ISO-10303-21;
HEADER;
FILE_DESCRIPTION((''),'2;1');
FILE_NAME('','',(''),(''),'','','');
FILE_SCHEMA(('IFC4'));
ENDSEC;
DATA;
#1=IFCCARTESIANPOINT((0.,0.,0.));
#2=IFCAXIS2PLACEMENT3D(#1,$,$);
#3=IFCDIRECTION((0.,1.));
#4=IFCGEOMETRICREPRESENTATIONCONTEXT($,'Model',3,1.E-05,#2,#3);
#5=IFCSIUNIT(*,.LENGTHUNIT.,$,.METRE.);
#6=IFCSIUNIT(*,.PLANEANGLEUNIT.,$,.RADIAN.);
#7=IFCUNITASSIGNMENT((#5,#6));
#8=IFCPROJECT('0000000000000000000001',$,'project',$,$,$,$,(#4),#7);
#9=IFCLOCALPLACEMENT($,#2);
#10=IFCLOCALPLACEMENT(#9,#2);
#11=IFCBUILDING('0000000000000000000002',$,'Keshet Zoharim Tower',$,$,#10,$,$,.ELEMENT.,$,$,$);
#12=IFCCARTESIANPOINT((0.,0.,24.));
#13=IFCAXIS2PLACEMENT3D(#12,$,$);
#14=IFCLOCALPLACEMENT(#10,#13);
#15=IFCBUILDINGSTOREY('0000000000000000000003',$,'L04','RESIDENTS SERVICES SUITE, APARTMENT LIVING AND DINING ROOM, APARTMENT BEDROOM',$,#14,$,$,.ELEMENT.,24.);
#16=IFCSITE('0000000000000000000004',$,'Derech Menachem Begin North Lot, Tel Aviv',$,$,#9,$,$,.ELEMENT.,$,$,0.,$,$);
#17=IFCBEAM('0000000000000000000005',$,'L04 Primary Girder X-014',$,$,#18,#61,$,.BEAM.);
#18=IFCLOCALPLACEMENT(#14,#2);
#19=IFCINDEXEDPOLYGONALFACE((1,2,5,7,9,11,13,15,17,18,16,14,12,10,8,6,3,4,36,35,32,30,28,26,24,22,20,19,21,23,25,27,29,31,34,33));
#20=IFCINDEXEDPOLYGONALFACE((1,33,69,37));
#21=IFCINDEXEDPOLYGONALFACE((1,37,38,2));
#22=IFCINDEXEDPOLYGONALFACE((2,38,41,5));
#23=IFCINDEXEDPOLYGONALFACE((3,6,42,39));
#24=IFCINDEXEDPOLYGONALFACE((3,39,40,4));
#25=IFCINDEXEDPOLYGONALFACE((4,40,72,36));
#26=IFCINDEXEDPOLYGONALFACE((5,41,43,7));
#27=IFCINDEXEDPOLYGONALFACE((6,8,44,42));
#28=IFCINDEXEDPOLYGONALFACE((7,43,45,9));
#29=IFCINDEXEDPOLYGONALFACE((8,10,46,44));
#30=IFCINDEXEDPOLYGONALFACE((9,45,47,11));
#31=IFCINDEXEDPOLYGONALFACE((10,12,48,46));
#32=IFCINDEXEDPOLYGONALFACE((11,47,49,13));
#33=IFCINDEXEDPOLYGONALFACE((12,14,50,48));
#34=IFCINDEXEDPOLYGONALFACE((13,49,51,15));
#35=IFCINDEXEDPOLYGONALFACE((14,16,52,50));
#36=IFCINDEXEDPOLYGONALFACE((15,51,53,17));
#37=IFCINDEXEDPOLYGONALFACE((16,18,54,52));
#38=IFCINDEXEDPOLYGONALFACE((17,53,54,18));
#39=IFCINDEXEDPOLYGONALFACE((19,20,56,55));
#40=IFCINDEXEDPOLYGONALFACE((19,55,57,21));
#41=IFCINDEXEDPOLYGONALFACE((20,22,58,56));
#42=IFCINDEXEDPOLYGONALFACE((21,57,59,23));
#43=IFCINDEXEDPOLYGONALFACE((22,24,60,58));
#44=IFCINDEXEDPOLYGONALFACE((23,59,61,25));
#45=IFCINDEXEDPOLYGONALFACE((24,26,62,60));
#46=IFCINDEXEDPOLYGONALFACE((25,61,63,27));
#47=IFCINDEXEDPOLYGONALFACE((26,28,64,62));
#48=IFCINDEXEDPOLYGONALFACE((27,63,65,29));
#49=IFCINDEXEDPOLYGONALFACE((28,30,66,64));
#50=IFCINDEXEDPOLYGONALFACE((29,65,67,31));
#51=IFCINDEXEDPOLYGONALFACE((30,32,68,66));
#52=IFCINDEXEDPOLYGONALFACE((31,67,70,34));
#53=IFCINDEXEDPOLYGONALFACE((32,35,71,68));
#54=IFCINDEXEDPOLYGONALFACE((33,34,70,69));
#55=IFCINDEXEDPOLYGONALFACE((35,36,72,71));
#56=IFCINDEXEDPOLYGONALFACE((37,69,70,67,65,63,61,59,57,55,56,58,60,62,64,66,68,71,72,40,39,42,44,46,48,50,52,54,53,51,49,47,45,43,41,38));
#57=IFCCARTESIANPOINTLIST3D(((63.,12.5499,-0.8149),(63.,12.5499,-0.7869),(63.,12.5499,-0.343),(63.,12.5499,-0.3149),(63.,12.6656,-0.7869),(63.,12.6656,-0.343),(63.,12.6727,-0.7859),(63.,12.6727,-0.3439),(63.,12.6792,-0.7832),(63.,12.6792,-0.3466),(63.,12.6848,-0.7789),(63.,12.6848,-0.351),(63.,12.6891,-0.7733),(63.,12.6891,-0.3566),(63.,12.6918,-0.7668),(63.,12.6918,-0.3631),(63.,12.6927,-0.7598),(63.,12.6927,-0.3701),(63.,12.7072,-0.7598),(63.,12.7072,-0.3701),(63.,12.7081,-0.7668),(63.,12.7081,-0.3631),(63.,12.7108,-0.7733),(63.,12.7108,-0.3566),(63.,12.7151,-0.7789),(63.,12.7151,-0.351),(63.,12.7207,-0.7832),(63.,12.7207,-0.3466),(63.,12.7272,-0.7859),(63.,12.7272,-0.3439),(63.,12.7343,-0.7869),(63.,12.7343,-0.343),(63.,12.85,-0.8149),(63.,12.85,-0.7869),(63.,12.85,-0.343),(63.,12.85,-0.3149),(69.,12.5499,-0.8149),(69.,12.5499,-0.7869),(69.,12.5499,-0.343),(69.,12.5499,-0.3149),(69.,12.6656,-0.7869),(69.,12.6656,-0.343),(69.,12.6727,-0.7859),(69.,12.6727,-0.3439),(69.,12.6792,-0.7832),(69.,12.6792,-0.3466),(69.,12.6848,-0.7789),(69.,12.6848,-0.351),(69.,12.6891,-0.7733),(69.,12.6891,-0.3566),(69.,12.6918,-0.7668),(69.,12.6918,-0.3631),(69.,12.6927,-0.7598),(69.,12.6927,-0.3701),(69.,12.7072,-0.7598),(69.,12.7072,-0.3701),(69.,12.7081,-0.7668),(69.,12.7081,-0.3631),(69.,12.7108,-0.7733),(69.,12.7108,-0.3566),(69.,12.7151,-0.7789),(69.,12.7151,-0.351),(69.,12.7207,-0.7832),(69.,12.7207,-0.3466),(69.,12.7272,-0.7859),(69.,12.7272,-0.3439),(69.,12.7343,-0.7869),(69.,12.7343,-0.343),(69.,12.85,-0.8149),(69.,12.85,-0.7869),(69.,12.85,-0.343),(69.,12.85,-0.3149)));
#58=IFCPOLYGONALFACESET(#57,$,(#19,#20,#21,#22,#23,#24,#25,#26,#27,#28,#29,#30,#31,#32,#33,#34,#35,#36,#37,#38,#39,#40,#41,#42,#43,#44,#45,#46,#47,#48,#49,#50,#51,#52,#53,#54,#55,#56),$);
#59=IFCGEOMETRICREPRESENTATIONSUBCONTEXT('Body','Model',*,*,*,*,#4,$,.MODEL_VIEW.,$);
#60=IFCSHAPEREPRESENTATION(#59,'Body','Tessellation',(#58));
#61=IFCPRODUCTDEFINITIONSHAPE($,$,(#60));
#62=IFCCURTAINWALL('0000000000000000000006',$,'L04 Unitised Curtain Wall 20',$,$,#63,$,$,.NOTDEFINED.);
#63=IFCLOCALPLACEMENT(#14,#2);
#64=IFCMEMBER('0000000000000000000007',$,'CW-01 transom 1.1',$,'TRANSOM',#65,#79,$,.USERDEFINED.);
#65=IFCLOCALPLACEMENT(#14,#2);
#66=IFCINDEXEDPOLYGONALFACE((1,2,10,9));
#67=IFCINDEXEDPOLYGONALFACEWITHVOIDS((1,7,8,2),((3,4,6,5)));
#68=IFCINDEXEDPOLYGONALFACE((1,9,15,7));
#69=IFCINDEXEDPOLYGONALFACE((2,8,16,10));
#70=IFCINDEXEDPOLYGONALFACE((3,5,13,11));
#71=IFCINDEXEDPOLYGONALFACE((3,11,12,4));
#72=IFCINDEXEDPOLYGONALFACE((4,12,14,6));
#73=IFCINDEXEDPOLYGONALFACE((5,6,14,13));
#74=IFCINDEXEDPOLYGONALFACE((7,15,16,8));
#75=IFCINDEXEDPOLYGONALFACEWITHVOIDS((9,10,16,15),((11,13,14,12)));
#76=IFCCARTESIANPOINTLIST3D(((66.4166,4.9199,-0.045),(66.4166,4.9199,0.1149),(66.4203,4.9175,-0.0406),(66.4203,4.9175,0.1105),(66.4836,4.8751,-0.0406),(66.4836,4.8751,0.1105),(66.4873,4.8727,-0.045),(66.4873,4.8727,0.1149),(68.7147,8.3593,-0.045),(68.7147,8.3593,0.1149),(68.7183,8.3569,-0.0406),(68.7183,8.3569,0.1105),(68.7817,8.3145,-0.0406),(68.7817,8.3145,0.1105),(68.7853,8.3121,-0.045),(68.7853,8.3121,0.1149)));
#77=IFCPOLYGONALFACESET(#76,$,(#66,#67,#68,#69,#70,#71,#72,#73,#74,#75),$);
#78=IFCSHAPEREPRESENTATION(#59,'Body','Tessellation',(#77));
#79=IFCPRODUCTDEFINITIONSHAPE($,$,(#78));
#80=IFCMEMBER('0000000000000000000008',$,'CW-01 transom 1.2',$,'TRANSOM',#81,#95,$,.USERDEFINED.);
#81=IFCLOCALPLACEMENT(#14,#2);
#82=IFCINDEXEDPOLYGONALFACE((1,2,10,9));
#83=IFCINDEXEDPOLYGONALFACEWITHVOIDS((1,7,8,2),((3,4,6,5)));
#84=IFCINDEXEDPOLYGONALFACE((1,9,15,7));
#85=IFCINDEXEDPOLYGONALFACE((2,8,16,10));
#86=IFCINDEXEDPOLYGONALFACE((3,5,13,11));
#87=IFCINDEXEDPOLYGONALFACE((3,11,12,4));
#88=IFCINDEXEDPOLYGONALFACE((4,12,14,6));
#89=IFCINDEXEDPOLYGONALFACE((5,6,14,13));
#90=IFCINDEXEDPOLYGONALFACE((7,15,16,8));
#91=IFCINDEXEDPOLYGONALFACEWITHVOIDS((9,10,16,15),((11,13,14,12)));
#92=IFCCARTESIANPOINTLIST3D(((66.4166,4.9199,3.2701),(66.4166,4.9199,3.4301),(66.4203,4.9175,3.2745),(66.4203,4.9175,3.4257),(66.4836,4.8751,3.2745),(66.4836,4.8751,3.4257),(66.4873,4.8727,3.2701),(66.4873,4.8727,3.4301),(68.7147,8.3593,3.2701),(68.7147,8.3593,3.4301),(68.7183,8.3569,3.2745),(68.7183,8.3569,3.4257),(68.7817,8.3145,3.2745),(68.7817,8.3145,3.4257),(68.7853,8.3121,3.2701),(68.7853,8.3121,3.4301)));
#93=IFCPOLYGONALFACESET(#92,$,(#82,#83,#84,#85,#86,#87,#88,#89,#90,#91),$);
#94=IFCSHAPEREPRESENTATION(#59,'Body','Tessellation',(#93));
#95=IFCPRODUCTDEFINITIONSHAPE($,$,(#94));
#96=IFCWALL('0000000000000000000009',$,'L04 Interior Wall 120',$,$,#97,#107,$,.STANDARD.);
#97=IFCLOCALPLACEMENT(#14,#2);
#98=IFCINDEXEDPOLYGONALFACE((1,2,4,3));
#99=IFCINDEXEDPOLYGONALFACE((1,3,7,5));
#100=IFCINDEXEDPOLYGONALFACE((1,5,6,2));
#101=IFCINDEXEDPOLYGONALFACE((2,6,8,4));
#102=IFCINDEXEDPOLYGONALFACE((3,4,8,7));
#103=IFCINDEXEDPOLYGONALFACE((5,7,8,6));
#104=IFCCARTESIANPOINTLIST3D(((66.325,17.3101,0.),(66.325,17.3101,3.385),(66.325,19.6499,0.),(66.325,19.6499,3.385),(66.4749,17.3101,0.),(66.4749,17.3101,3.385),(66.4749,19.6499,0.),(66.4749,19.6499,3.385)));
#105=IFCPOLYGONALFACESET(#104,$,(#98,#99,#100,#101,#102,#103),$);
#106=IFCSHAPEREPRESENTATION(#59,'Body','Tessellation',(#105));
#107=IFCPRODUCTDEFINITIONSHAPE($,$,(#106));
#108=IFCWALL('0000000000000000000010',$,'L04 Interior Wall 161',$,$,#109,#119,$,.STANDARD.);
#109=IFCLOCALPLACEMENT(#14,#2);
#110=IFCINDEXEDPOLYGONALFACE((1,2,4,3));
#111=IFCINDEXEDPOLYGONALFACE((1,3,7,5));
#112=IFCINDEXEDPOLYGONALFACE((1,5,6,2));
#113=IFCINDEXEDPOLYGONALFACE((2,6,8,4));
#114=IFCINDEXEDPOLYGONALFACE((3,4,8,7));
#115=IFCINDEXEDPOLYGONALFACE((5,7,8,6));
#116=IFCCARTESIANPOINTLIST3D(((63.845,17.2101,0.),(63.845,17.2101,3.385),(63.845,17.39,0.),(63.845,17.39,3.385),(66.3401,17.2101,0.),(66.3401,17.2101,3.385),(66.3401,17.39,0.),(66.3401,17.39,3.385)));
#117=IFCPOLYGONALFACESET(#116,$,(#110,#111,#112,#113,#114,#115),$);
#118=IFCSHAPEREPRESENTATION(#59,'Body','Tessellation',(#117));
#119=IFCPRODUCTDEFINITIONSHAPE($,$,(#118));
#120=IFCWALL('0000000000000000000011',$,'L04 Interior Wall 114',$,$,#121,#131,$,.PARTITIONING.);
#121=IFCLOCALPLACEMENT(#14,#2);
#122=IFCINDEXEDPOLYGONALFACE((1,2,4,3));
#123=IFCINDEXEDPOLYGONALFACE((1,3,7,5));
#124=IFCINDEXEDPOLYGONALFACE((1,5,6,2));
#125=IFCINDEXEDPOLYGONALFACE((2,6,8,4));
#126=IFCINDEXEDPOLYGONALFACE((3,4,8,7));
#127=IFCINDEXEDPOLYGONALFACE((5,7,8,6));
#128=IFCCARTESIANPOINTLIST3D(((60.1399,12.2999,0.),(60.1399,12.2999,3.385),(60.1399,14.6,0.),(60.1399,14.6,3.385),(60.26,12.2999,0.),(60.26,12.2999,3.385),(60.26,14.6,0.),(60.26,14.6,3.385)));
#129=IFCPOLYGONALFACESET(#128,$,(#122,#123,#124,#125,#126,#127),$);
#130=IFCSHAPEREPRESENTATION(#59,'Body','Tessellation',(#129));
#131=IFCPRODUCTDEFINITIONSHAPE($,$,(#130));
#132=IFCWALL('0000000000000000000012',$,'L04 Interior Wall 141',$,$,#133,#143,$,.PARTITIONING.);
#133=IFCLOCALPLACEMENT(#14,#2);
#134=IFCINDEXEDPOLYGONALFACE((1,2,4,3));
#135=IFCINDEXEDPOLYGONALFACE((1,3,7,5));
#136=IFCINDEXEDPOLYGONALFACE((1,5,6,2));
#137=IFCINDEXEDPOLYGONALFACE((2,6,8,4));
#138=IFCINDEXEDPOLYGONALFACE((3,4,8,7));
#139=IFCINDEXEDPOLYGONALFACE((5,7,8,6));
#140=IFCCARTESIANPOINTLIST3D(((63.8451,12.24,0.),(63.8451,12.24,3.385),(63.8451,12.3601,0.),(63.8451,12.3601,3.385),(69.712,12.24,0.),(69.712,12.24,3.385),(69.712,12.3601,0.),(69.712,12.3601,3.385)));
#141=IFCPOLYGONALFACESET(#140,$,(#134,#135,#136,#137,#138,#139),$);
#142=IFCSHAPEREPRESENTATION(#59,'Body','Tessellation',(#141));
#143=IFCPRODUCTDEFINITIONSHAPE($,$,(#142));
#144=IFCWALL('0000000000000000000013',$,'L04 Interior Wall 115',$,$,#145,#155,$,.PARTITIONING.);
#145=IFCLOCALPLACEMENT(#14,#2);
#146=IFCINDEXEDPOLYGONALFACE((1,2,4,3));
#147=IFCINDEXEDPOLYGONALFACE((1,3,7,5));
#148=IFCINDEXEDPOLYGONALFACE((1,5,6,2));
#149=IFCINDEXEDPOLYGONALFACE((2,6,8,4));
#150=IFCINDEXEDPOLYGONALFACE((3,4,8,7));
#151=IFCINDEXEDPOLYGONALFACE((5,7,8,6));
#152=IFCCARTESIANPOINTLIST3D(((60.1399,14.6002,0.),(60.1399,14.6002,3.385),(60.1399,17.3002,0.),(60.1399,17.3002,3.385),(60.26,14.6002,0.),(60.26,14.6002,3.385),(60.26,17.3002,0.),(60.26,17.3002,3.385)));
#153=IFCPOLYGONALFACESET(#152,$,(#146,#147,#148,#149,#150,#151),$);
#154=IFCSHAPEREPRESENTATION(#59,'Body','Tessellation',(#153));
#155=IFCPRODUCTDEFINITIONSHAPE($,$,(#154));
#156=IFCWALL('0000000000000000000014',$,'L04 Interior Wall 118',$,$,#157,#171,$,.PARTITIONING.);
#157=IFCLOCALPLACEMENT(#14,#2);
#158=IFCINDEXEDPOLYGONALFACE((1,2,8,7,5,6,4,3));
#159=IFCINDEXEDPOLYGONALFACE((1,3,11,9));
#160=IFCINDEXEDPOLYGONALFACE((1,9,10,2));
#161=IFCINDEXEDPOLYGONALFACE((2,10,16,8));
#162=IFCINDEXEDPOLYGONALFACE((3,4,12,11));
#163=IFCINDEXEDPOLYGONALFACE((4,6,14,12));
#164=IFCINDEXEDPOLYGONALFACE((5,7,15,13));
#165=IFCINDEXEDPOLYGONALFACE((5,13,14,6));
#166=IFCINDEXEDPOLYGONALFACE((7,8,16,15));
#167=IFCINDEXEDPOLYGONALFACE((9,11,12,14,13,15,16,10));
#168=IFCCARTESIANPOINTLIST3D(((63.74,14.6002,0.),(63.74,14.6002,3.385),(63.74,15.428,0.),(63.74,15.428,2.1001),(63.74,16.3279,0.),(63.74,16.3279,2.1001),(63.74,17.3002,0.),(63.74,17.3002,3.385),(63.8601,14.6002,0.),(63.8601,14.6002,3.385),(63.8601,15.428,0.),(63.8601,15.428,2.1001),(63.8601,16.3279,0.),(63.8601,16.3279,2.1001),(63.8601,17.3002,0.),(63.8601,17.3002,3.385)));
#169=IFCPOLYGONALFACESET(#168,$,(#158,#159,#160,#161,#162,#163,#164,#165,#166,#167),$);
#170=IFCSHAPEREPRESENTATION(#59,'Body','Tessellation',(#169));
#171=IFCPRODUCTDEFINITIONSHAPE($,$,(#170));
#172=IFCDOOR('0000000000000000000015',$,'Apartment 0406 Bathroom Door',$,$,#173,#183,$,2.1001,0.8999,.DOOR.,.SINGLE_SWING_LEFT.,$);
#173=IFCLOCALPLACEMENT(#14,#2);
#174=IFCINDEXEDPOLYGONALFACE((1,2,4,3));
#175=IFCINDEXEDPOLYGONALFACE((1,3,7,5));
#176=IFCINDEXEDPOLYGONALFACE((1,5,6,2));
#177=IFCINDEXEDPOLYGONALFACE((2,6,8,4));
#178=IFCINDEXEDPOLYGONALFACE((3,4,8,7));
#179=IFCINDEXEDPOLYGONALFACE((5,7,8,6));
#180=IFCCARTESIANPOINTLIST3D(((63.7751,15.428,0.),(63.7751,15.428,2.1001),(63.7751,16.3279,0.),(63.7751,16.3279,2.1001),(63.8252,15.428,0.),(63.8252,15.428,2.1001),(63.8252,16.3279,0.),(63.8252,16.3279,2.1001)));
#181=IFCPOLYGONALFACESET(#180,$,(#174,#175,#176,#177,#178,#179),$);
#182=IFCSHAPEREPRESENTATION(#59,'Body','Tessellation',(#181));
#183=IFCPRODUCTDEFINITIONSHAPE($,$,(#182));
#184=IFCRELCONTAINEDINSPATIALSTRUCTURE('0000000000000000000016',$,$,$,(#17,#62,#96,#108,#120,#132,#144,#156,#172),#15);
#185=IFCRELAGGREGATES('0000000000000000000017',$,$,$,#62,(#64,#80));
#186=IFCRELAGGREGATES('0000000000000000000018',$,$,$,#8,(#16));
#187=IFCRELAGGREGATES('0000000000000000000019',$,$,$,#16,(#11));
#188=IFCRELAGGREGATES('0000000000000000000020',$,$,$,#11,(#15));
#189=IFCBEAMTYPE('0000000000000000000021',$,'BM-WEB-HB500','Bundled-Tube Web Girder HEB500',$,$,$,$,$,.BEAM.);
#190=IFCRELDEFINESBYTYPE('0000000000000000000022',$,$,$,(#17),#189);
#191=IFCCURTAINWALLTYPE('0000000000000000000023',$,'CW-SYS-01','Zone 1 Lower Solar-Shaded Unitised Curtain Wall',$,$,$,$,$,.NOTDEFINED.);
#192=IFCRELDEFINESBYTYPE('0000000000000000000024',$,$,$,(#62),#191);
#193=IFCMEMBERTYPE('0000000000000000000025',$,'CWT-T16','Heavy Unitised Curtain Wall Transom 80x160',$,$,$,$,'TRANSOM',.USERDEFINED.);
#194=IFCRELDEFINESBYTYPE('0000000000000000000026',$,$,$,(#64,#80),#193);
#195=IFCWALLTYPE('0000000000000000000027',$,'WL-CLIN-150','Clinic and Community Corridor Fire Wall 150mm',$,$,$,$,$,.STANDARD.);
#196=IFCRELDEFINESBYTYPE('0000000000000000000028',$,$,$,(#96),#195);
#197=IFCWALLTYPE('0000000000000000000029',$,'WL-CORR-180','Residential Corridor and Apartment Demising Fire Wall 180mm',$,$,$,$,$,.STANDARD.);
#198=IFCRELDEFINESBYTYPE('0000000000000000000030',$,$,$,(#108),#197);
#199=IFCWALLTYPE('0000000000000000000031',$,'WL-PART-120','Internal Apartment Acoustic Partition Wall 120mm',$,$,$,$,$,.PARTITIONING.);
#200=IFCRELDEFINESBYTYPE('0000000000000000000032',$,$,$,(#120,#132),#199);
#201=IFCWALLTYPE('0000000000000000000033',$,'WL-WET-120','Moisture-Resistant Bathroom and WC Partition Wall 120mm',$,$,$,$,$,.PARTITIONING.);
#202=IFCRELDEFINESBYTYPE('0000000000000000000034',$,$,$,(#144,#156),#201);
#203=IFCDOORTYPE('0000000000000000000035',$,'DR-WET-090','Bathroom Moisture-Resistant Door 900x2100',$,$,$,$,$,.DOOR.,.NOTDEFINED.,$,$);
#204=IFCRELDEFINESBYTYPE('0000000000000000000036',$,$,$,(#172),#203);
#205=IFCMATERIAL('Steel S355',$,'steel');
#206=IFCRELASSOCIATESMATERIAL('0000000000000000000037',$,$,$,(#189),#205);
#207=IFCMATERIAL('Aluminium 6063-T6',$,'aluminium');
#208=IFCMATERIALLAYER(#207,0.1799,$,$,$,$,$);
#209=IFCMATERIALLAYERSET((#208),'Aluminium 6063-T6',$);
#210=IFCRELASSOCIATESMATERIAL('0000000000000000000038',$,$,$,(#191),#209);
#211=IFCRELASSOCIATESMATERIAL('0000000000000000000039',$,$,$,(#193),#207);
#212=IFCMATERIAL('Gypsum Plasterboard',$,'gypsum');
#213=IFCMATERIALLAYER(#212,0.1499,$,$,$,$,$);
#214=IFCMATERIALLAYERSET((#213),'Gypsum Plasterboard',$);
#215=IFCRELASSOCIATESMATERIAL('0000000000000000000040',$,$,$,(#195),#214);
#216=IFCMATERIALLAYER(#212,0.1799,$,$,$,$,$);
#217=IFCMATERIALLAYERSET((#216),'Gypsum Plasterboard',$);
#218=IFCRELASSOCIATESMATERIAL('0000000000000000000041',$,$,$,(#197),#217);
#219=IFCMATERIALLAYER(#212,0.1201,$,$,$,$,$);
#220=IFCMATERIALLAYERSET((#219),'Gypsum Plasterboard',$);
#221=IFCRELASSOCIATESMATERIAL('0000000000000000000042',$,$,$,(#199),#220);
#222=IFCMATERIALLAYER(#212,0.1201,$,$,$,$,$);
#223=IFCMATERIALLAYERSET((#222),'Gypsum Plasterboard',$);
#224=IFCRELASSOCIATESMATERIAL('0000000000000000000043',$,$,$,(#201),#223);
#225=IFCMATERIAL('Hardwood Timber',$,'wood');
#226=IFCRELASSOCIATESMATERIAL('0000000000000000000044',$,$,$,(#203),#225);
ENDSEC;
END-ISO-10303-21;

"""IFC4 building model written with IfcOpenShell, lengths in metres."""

from ifc_helpers import new_model, si_unit, direction, frame, frame_2d, origin, origin_2d, place, context, subcontext, project, spatial, rectangle, hollow_rectangle, i_section, extrude, material, layer, layer_set, material_profile, profile_set, type_object, element, fill, aggregate, save


model = new_model("IFC4")

# Units and contexts
model_context = context("Model", 3, precision=1e-05, world=origin(), true_north=direction((0.0, 1.0)))
body_context = subcontext(model_context, "Body", "Model", "MODEL_VIEW")
ifc_project = project(units=[si_unit("LENGTHUNIT", "METRE"), si_unit("PLANEANGLEUNIT", "RADIAN")], contexts=[model_context])

# Site, building, storey
site_placement = place(None, origin())
site = spatial("IfcSite", under=ifc_project, at=site_placement, Name="Derech Menachem Begin North Lot, Tel Aviv", CompositionType="ELEMENT", RefElevation=0.0)
building_placement = place(site_placement, origin())
building = spatial("IfcBuilding", under=site, at=building_placement, Name="Keshet Zoharim Tower", CompositionType="ELEMENT")
storey_placement = place(building_placement, frame((0.0, 0.0, 24.0)))
storey = spatial("IfcBuildingStorey", under=building, at=storey_placement, Name="L04", Description="RESIDENTS SERVICES SUITE, APARTMENT LIVING AND DINING ROOM, APARTMENT BEDROOM", CompositionType="ELEMENT", Elevation=24.0)

# Beam
ifc_material_1 = material(Name="Steel S355", Category="steel")
ifc_material_profile_1 = material_profile(ifc_material_1, i_section(OverallWidth=0.3, OverallDepth=0.5, WebThickness=0.0144, FlangeThickness=0.0281, FilletRadius=0.0271, at=origin_2d()), Name="HEB500")
ifc_profile_set_1 = profile_set([ifc_material_profile_1], Name="Steel S355")
beam_type_1 = type_object("IfcBeamType", Name="BM-WEB-HB500", Description="Bundled-Tube Web Girder HEB500", PredefinedType="BEAM", material=ifc_profile_set_1)
for number, where, z_axis, x_axis, name in (
    (1, (63.0, 12.7, -0.5649), (1.0, 0.0, 0.0), (0.0, 1.0, 0.0), "L04 Primary Girder X-014"),
):
    element("IfcBeam", number, at=place(storey_placement, frame(where, z_axis=z_axis, x_axis=x_axis)), inside=storey, type_object=beam_type_1, Name=name, PredefinedType="BEAM", context=body_context, shape_type="SweptSolid", body=[
        extrude(i_section(OverallWidth=0.3, OverallDepth=0.5, WebThickness=0.0144, FlangeThickness=0.0281, FilletRadius=0.0271, at=origin_2d()), origin(), (0.0, 0.0, 1.0), 6.0),
    ])

# Curtain wall, members
ifc_material_2 = material(Name="Aluminium 6063-T6", Category="aluminium")
ifc_layer_1 = layer(ifc_material_2, 0.1799)
ifc_layer_set_1 = layer_set([ifc_layer_1], Name="Aluminium 6063-T6")
curtain_wall_type = type_object("IfcCurtainWallType", Name="CW-SYS-01", Description="Zone 1 Lower Solar-Shaded Unitised Curtain Wall", PredefinedType="NOTDEFINED", material=ifc_layer_set_1)
curtain_wall_placement = place(storey_placement, origin())
curtain_wall = element("IfcCurtainWall", 2, at=curtain_wall_placement, inside=storey, type_object=curtain_wall_type, Name="L04 Unitised Curtain Wall 20", PredefinedType="NOTDEFINED")
ifc_material_profile_2 = material_profile(ifc_material_2, hollow_rectangle(XDim=0.085, YDim=0.1599, WallThickness=0.0044, at=origin_2d()), Name="TRN-85x160")
ifc_profile_set_2 = profile_set([ifc_material_profile_2], Name="Aluminium 6063-T6")
member_type = type_object("IfcMemberType", Name="CWT-T16", Description="Heavy Unitised Curtain Wall Transom 80x160", ElementType="TRANSOM", PredefinedType="USERDEFINED", material=ifc_profile_set_2)
member_1_placement = place(storey_placement, frame((68.75, 8.3357, 0.0349), z_axis=(-0.555558, -0.831478, 0.0), x_axis=(0.831478, -0.555558, 0.0)))
member_1 = element("IfcMember", 3, at=member_1_placement, type_object=member_type, Name="CW-01 transom 1.1", ObjectType="TRANSOM", PredefinedType="USERDEFINED", context=body_context, shape_type="SweptSolid", body=[
    extrude(hollow_rectangle(XDim=0.085, YDim=0.1599, WallThickness=0.0044, at=origin_2d()), origin(), (0.0, 0.0, 1.0), 4.1365),
])
member_2_placement = place(storey_placement, frame((68.75, 8.3357, 3.3501), z_axis=(-0.555558, -0.831478, 0.0), x_axis=(0.831478, -0.555558, 0.0)))
member_2 = element("IfcMember", 4, at=member_2_placement, type_object=member_type, Name="CW-01 transom 1.2", ObjectType="TRANSOM", PredefinedType="USERDEFINED", context=body_context, shape_type="SweptSolid", body=[
    extrude(hollow_rectangle(XDim=0.085, YDim=0.1599, WallThickness=0.0044, at=origin_2d()), origin(), (0.0, 0.0, 1.0), 4.1365),
])
aggregate(curtain_wall, [member_1, member_2])

# Wall
ifc_material_3 = material(Name="Gypsum Plasterboard", Category="gypsum")
ifc_layer_2 = layer(ifc_material_3, 0.1499)
ifc_layer_set_2 = layer_set([ifc_layer_2], Name="Gypsum Plasterboard")
wall_type_1 = type_object("IfcWallType", Name="WL-CLIN-150", Description="Clinic and Community Corridor Fire Wall 150mm", PredefinedType="STANDARD", material=ifc_layer_set_2)
wall_1_placement = place(storey_placement, frame((66.3999, 17.3101, 0.0), z_axis=(0.0, 0.0, 1.0), x_axis=(0.0, 1.0, 0.0)))
element("IfcWall", 5, at=wall_1_placement, inside=storey, type_object=wall_type_1, Name="L04 Interior Wall 120", PredefinedType="STANDARD", context=body_context, shape_type="SweptSolid", body=[
    extrude(rectangle(XDim=2.3398, YDim=0.1499, at=frame_2d((1.1699, 0.0))), origin(), (0.0, 0.0, 1.0), 3.385),
])

# Shared definitions
ifc_layer_3 = layer(ifc_material_3, 0.1799)
ifc_layer_set_3 = layer_set([ifc_layer_3], Name="Gypsum Plasterboard")
wall_type_2 = type_object("IfcWallType", Name="WL-CORR-180", Description="Residential Corridor and Apartment Demising Fire Wall 180mm", PredefinedType="STANDARD", material=ifc_layer_set_3)
ifc_material_4 = material(Name="Hardwood Timber", Category="wood")

# Walls
wall_2_placement = place(storey_placement, frame((63.845, 17.3, 0.0), z_axis=(0.0, 0.0, 1.0), x_axis=(1.0, 0.0, 0.0)))
element("IfcWall", 6, at=wall_2_placement, inside=storey, type_object=wall_type_2, Name="L04 Interior Wall 161", PredefinedType="STANDARD", context=body_context, shape_type="SweptSolid", body=[
    extrude(rectangle(XDim=2.4951, YDim=0.1799, at=frame_2d((1.2476, 0.0))), origin(), (0.0, 0.0, 1.0), 3.385),
])
ifc_layer_4 = layer(ifc_material_3, 0.1201)
ifc_layer_set_4 = layer_set([ifc_layer_4], Name="Gypsum Plasterboard")
wall_type_3 = type_object("IfcWallType", Name="WL-PART-120", Description="Internal Apartment Acoustic Partition Wall 120mm", PredefinedType="PARTITIONING", material=ifc_layer_set_4)
wall_3_placement = place(storey_placement, frame((60.2, 12.3, 0.0), z_axis=(0.0, 0.0, 1.0), x_axis=(0.0, 1.0, 0.0)))
element("IfcWall", 7, at=wall_3_placement, inside=storey, type_object=wall_type_3, Name="L04 Interior Wall 114", PredefinedType="PARTITIONING", context=body_context, shape_type="SweptSolid", body=[
    extrude(rectangle(XDim=2.3, YDim=0.1201, at=frame_2d((1.1499, 0.0))), origin(), (0.0, 0.0, 1.0), 3.385),
])

# Walls
wall_4_placement = place(storey_placement, frame((63.845, 12.3, 0.0), z_axis=(0.0, 0.0, 1.0), x_axis=(1.0, 0.0, 0.0)))
element("IfcWall", 8, at=wall_4_placement, inside=storey, type_object=wall_type_3, Name="L04 Interior Wall 141", PredefinedType="PARTITIONING", context=body_context, shape_type="SweptSolid", body=[
    extrude(rectangle(XDim=5.8669, YDim=0.1201, at=frame_2d((2.9336, 0.0))), origin(), (0.0, 0.0, 1.0), 3.385),
])
ifc_layer_5 = layer(ifc_material_3, 0.1201)
ifc_layer_set_5 = layer_set([ifc_layer_5], Name="Gypsum Plasterboard")
wall_type_4 = type_object("IfcWallType", Name="WL-WET-120", Description="Moisture-Resistant Bathroom and WC Partition Wall 120mm", PredefinedType="PARTITIONING", material=ifc_layer_set_5)
wall_5_placement = place(storey_placement, frame((60.2, 14.6001, 0.0), z_axis=(0.0, 0.0, 1.0), x_axis=(0.0, 1.0, 0.0)))
element("IfcWall", 9, at=wall_5_placement, inside=storey, type_object=wall_type_4, Name="L04 Interior Wall 115", PredefinedType="PARTITIONING", context=body_context, shape_type="SweptSolid", body=[
    extrude(rectangle(XDim=2.7, YDim=0.1201, at=frame_2d((1.3501, 0.0))), origin(), (0.0, 0.0, 1.0), 3.385),
])

# Wall, opening, door
wall_6_placement = place(storey_placement, frame((63.8, 14.6001, 0.0), z_axis=(0.0, 0.0, 1.0), x_axis=(0.0, 1.0, 0.0)))
wall_6 = element("IfcWall", 10, at=wall_6_placement, inside=storey, type_object=wall_type_4, Name="L04 Interior Wall 118", PredefinedType="PARTITIONING", context=body_context, shape_type="SweptSolid", body=[
    extrude(rectangle(XDim=2.7, YDim=0.1201, at=frame_2d((1.3501, 0.0))), origin(), (0.0, 0.0, 1.0), 3.385),
])
opening_1_placement = place(wall_6_placement, frame((0.8279, 0.0, 0.0)))
opening_1 = element("IfcOpeningElement", 11, at=opening_1_placement, cuts=wall_6, PredefinedType="OPENING", context=body_context, shape_type="SweptSolid", body=[
    extrude(rectangle(XDim=0.8999, YDim=2.1001, at=frame_2d((0.45, 1.05))), frame((0.0, 0.0701, 0.0), z_axis=(0.0, -1.0, 0.0), x_axis=(1.0, 0.0, 0.0)), (0.0, 0.0, 1.0), 0.1401),
])
door_type_1 = type_object("IfcDoorType", Name="DR-WET-090", Description="Bathroom Moisture-Resistant Door 900x2100", OperationType="NOTDEFINED", PredefinedType="DOOR", material=ifc_material_4)
door_1_placement = place(opening_1_placement, origin())
door_1 = element("IfcDoor", 12, at=door_1_placement, inside=storey, type_object=door_type_1, Name="Apartment 0406 Bathroom Door", OperationType="SINGLE_SWING_LEFT", OverallHeight=2.1001, OverallWidth=0.8999, PredefinedType="DOOR", context=body_context, shape_type="SweptSolid", body=[
    extrude(rectangle(XDim=0.8999, YDim=2.1001, at=frame_2d((0.45, 1.05))), frame((0.0, 0.0249, 0.0), z_axis=(0.0, -1.0, 0.0), x_axis=(1.0, 0.0, 0.0)), (0.0, 0.0, 1.0), 0.05),
])
fill(opening_1, door_1)

save(model, "model.ifc")
